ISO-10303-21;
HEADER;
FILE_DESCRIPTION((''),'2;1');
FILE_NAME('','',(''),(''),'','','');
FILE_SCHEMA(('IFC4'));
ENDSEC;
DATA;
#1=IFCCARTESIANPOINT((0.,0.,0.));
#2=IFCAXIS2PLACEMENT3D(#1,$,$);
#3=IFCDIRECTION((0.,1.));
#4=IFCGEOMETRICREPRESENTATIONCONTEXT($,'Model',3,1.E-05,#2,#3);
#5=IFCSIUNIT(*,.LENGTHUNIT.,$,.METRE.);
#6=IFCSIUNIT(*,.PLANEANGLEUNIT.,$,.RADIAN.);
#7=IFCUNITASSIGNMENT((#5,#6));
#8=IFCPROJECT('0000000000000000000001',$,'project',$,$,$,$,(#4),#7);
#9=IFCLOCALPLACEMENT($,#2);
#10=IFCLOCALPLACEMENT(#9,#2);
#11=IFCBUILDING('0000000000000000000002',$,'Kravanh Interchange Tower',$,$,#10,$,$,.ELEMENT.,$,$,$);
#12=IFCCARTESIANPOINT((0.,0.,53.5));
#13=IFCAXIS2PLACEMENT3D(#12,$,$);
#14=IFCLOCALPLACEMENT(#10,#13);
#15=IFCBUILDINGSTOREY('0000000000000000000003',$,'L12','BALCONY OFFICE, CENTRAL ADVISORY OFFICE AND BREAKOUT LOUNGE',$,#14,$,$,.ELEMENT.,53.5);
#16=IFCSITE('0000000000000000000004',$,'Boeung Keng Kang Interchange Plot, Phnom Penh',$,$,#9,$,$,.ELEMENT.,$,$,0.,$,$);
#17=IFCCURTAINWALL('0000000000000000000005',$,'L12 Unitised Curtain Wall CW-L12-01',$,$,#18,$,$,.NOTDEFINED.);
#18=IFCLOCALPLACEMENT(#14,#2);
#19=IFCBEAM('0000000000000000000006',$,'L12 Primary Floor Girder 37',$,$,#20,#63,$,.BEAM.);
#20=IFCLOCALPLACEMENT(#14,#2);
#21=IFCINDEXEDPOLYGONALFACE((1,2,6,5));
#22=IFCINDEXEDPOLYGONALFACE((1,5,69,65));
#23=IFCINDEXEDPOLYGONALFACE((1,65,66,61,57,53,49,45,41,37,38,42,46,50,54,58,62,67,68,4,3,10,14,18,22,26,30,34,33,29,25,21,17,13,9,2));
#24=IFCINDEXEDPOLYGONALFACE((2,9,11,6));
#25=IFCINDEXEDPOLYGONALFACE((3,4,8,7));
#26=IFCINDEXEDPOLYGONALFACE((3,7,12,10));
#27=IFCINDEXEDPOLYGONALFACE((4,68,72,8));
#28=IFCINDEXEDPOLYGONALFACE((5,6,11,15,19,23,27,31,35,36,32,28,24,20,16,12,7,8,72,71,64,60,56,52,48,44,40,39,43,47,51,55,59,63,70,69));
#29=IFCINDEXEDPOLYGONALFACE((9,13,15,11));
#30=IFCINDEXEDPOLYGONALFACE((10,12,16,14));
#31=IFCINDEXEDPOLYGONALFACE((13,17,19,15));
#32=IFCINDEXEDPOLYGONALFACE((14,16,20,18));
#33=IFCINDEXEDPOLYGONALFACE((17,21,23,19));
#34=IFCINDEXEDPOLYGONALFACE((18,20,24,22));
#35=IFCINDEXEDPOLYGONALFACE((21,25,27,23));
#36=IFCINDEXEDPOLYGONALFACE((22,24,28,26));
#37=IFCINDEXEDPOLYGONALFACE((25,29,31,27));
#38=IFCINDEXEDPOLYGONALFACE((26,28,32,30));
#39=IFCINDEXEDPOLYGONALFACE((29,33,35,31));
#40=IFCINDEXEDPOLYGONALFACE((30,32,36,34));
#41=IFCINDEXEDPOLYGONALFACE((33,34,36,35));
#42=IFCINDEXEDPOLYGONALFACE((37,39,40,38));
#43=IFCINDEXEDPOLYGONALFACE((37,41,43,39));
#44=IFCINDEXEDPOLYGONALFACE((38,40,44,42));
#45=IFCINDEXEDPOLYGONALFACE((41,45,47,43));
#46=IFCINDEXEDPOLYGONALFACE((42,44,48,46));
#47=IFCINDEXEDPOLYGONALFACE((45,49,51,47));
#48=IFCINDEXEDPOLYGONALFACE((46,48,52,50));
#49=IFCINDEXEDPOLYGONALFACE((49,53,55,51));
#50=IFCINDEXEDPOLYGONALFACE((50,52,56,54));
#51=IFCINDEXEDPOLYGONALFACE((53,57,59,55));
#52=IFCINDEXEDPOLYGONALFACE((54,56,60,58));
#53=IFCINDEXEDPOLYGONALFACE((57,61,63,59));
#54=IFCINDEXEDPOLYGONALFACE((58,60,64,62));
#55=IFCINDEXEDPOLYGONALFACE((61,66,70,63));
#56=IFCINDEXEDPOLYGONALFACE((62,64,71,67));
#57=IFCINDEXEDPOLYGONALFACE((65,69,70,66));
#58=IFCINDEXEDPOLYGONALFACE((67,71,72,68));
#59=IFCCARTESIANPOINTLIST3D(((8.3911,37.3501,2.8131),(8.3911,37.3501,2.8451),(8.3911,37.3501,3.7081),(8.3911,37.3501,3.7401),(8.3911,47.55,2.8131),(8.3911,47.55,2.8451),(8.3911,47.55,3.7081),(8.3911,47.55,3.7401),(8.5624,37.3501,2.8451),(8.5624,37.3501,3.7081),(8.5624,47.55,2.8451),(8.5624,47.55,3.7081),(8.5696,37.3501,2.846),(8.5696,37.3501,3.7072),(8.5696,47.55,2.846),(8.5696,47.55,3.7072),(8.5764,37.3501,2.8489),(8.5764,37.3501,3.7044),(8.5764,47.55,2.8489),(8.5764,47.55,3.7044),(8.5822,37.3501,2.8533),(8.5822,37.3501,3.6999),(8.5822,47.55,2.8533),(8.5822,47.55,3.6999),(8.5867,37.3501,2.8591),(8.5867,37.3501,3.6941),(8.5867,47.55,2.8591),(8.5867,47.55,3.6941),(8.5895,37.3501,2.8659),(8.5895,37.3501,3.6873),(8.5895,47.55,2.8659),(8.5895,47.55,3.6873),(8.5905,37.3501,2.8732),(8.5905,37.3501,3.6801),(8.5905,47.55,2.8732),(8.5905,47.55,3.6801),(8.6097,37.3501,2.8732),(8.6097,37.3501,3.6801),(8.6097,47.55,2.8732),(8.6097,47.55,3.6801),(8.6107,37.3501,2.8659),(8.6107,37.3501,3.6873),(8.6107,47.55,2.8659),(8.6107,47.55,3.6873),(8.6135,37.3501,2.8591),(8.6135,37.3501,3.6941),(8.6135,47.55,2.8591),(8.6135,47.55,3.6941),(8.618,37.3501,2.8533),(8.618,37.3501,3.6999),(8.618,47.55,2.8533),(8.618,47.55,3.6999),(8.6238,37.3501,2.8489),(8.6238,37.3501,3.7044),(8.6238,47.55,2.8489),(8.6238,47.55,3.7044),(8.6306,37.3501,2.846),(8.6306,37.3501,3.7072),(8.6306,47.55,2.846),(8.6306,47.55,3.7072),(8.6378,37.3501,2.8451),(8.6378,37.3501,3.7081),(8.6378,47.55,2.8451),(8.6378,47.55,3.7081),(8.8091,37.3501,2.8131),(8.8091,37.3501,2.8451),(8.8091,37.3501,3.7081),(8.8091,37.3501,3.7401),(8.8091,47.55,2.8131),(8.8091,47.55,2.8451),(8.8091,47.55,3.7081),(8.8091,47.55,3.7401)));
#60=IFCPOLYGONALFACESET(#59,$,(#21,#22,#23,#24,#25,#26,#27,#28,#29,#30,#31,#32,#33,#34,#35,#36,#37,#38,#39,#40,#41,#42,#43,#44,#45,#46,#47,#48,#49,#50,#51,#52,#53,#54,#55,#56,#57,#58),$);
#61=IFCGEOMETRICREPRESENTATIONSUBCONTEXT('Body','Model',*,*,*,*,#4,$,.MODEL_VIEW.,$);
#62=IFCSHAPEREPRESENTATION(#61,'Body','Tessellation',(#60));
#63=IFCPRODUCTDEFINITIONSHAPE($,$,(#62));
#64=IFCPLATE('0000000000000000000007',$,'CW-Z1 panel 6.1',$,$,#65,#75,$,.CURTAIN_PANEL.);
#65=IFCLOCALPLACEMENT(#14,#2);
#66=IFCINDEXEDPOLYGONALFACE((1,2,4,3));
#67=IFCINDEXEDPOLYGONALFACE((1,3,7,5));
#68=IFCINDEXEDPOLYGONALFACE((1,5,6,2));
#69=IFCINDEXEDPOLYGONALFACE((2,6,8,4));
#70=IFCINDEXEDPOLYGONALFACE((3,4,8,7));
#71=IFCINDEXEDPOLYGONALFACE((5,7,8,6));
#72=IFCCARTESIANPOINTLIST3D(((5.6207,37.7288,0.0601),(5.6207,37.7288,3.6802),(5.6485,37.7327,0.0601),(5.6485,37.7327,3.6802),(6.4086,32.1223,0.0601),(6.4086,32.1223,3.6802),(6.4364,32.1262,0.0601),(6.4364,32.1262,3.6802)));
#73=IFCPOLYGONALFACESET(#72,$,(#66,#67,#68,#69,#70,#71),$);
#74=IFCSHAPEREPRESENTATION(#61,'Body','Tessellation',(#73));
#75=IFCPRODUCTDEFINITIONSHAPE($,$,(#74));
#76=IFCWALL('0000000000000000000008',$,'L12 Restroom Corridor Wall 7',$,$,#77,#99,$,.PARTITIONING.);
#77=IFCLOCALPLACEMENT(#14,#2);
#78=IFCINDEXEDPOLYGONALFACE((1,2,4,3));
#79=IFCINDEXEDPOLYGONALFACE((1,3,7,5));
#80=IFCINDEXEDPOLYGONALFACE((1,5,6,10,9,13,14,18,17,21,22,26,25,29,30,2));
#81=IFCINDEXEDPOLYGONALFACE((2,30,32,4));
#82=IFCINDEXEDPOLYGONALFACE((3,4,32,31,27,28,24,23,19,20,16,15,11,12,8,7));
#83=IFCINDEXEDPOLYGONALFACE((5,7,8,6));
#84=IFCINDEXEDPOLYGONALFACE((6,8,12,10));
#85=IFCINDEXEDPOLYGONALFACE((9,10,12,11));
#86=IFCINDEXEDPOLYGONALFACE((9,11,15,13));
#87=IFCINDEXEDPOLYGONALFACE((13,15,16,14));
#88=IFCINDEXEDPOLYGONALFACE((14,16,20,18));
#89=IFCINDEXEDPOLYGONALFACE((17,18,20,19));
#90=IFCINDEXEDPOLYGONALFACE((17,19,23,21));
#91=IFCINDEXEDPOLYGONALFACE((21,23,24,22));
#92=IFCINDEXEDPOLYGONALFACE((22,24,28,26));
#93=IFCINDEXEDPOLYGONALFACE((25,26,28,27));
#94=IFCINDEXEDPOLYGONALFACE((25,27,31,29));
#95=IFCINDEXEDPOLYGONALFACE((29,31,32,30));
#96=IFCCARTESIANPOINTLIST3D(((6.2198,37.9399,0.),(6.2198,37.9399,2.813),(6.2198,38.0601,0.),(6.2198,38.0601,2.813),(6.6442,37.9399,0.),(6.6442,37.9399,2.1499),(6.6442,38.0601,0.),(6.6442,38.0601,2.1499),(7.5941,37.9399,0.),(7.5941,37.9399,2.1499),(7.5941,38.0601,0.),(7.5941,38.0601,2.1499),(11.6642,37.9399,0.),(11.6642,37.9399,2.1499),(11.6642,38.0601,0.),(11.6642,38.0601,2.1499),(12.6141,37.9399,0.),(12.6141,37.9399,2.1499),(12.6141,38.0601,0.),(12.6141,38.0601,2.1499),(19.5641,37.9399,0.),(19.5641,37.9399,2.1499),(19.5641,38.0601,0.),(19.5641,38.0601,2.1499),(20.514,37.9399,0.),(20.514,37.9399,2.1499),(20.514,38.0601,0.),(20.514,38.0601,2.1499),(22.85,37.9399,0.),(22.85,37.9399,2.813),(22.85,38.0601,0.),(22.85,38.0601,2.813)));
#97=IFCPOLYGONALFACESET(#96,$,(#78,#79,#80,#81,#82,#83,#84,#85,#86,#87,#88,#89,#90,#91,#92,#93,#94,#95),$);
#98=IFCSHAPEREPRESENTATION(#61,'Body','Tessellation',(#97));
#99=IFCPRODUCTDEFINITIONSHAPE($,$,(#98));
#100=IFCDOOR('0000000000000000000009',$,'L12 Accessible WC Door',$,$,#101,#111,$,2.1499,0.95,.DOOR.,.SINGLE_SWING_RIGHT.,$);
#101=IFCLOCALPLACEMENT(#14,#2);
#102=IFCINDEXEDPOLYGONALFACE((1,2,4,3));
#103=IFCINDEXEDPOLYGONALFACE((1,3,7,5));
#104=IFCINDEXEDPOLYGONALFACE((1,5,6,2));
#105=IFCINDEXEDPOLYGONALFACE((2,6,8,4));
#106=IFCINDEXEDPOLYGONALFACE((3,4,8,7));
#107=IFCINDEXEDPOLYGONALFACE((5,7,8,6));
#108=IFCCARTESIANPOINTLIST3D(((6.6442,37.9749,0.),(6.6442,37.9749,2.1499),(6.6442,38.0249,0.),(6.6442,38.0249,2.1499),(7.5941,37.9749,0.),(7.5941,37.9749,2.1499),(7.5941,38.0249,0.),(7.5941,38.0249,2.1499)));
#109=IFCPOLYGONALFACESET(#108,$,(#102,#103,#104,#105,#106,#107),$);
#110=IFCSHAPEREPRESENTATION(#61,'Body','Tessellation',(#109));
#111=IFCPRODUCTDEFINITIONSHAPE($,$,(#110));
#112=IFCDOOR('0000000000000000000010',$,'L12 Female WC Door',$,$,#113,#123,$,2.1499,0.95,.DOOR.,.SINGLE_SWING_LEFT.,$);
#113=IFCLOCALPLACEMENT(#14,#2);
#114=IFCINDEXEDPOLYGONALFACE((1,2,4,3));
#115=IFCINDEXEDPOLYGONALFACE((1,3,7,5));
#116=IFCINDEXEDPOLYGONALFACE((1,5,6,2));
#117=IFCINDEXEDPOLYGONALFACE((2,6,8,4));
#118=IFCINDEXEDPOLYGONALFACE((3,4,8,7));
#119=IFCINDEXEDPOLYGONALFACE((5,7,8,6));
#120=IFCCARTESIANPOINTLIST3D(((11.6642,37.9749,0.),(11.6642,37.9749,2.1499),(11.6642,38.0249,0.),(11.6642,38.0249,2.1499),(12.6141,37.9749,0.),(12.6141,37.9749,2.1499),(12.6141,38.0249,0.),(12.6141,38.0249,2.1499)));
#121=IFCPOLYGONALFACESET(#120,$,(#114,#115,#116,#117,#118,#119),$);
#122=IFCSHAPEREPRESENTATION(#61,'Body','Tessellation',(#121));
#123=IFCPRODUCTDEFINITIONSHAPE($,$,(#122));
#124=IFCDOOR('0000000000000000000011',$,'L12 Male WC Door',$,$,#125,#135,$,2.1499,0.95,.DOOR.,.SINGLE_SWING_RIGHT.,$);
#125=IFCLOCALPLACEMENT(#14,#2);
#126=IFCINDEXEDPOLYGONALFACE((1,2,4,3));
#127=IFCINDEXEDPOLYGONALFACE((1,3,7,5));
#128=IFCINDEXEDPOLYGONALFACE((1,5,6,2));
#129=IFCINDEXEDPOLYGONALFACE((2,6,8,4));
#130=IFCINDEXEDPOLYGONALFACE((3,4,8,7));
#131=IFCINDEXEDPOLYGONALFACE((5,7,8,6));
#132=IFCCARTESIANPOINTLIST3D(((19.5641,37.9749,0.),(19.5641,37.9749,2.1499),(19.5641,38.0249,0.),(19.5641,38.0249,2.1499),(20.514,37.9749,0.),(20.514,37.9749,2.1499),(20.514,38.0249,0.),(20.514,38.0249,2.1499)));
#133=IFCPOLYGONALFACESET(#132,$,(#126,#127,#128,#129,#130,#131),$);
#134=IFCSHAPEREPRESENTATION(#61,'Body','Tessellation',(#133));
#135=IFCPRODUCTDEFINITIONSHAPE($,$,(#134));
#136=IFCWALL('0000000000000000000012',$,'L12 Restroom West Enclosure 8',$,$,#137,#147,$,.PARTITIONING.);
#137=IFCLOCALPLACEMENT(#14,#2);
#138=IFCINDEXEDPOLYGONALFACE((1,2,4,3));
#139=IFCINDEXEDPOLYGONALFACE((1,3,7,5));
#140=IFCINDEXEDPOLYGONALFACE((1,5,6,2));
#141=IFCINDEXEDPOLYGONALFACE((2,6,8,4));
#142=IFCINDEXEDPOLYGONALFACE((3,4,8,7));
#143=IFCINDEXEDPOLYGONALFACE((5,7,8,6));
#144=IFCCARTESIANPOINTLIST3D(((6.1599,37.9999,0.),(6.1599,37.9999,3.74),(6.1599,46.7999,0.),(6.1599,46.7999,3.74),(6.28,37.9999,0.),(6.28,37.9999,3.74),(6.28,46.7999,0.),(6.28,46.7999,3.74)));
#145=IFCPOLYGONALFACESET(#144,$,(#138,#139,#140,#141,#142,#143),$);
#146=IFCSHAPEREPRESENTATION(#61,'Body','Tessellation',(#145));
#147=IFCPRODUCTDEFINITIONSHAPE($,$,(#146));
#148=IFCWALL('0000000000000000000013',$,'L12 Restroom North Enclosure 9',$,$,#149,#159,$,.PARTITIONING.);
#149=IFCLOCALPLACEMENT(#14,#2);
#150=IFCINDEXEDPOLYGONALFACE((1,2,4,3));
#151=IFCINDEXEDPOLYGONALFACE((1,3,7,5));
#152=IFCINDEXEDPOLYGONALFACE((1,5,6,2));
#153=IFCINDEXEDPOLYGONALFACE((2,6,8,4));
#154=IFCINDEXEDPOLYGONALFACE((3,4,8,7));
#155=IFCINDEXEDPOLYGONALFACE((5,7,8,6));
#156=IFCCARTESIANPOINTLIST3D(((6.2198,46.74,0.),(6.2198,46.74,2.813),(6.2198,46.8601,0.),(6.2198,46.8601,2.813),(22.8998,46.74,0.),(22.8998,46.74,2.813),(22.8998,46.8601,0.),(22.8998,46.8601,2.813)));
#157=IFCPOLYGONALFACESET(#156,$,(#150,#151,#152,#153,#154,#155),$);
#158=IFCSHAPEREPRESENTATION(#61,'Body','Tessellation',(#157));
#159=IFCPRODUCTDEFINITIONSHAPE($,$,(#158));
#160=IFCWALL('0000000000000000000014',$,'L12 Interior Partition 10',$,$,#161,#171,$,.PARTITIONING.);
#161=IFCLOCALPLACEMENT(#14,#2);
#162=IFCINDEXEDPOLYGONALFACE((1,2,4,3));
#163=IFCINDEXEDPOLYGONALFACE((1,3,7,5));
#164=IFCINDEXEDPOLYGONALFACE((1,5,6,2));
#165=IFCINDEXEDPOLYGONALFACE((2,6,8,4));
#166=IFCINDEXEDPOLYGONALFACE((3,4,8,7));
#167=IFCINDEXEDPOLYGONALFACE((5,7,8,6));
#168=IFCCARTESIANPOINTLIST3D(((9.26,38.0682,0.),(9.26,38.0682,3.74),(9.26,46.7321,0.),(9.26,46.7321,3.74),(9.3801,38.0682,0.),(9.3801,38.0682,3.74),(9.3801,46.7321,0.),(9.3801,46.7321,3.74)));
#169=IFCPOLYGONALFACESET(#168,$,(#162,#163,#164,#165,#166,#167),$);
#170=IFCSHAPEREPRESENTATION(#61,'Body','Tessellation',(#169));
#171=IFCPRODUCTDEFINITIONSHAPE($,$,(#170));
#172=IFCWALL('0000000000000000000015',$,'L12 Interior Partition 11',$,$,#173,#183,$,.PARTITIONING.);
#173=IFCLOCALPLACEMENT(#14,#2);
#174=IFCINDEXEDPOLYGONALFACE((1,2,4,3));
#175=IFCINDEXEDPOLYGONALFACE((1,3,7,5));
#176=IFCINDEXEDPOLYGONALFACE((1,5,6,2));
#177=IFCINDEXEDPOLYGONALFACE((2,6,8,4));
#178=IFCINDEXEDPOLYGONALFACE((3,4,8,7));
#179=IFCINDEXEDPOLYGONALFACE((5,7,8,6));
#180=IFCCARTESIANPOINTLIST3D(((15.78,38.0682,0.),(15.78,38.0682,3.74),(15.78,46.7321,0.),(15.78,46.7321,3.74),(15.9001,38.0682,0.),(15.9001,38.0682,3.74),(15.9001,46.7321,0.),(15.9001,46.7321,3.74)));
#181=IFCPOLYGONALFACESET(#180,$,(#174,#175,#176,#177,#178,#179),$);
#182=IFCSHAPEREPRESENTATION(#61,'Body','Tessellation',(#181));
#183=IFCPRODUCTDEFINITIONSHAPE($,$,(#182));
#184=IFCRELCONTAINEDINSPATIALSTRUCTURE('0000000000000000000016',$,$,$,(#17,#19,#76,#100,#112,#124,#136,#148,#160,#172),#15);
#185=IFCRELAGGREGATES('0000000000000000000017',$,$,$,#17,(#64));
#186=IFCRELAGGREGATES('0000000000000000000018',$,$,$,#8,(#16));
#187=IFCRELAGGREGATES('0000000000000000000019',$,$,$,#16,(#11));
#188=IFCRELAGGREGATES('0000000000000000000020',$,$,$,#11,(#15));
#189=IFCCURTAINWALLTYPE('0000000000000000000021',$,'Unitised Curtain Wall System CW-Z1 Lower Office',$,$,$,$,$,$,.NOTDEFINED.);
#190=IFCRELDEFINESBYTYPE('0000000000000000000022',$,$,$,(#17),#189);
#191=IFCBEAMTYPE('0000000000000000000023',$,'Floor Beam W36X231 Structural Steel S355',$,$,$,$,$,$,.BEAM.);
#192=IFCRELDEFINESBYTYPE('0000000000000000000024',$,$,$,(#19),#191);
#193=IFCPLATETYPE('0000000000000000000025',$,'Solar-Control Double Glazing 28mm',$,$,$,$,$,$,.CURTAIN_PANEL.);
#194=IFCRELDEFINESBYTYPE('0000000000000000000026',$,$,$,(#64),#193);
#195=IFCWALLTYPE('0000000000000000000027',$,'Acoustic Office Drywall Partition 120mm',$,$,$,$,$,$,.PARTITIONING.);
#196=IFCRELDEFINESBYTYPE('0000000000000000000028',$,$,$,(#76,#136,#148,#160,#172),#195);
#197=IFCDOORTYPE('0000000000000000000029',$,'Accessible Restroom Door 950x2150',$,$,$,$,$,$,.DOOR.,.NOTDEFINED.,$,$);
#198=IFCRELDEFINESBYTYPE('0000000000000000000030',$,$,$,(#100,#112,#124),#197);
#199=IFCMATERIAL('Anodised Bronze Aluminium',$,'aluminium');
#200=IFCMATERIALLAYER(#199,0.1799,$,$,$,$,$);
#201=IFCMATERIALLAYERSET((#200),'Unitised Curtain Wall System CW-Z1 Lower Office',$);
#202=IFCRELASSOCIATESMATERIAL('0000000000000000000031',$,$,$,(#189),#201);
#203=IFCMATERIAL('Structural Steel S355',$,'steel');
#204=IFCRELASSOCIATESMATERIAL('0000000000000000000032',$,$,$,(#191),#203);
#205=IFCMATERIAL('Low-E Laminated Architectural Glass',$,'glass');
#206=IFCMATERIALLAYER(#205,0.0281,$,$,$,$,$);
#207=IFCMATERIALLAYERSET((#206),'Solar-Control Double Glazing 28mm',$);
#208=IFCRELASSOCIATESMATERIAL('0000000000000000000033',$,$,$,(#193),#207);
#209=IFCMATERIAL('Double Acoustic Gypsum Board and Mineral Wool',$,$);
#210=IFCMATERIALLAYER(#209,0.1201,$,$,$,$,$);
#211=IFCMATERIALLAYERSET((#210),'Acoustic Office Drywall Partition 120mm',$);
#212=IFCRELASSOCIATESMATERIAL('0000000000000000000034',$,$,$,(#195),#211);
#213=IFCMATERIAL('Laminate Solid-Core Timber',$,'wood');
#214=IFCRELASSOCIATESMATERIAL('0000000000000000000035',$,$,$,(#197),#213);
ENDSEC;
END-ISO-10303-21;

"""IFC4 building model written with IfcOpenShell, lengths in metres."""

from ifc_helpers import new_model, si_unit, direction, frame, frame_2d, origin, origin_2d, place, context, subcontext, project, spatial, rectangle, i_section, extrude, material, layer, layer_set, material_profile, profile_set, type_object, element, fill, aggregate, save


model = new_model("IFC4")

# Units and contexts
model_context = context("Model", 3, precision=1e-05, world=origin(), true_north=direction((0.0, 1.0)))
body_context = subcontext(model_context, "Body", "Model", "MODEL_VIEW")
ifc_project = project(units=[si_unit("LENGTHUNIT", "METRE"), si_unit("PLANEANGLEUNIT", "RADIAN")], contexts=[model_context])

# Site, building, storey
site_placement = place(None, origin())
site = spatial("IfcSite", under=ifc_project, at=site_placement, Name="Boeung Keng Kang Interchange Plot, Phnom Penh", CompositionType="ELEMENT", RefElevation=0.0)
building_placement = place(site_placement, origin())
building = spatial("IfcBuilding", under=site, at=building_placement, Name="Kravanh Interchange Tower", CompositionType="ELEMENT")
storey_placement = place(building_placement, frame((0.0, 0.0, 53.5)))
storey = spatial("IfcBuildingStorey", under=building, at=storey_placement, Name="L12", Description="BALCONY OFFICE, CENTRAL ADVISORY OFFICE AND BREAKOUT LOUNGE", CompositionType="ELEMENT", Elevation=53.5)

# Curtain wall
ifc_material_1 = material(Name="Anodised Bronze Aluminium", Category="aluminium")
ifc_layer_1 = layer(ifc_material_1, 0.1799)
ifc_layer_set_1 = layer_set([ifc_layer_1], Name="Unitised Curtain Wall System CW-Z1 Lower Office")
curtain_wall_type = type_object("IfcCurtainWallType", Name="Unitised Curtain Wall System CW-Z1 Lower Office", PredefinedType="NOTDEFINED", material=ifc_layer_set_1)
curtain_wall_placement = place(storey_placement, origin())
curtain_wall = element("IfcCurtainWall", 1, at=curtain_wall_placement, inside=storey, type_object=curtain_wall_type, Name="L12 Unitised Curtain Wall CW-L12-01", PredefinedType="NOTDEFINED")

# Beam
ifc_material_2 = material(Name="Structural Steel S355", Category="steel")
ifc_material_profile_1 = material_profile(ifc_material_2, i_section(OverallWidth=0.418, OverallDepth=0.927, WebThickness=0.0193, FlangeThickness=0.032, FilletRadius=0.0281, at=origin_2d()), Name="W36X231")
ifc_profile_set_1 = profile_set([ifc_material_profile_1], Name="Structural Steel S355")
beam_type = type_object("IfcBeamType", Name="Floor Beam W36X231 Structural Steel S355", PredefinedType="BEAM", material=ifc_profile_set_1)
beam_1_placement = place(storey_placement, frame((8.6001, 37.3501, 3.2766), z_axis=(0.0, 1.0, 0.0), x_axis=(-1.0, 0.0, 0.0)))
element("IfcBeam", 2, at=beam_1_placement, inside=storey, type_object=beam_type, Name="L12 Primary Floor Girder 37", PredefinedType="BEAM", context=body_context, shape_type="SweptSolid", body=[
    extrude(i_section(OverallWidth=0.418, OverallDepth=0.927, WebThickness=0.0193, FlangeThickness=0.032, FilletRadius=0.0281, at=origin_2d()), origin(), (0.0, 0.0, 1.0), 10.2),
])

# Plate
ifc_material_3 = material(Name="Low-E Laminated Architectural Glass", Category="glass")
ifc_layer_2 = layer(ifc_material_3, 0.0281)
ifc_layer_set_2 = layer_set([ifc_layer_2], Name="Solar-Control Double Glazing 28mm")
plate_type = type_object("IfcPlateType", Name="Solar-Control Double Glazing 28mm", PredefinedType="CURTAIN_PANEL", material=ifc_layer_set_2)
plate_placement = place(storey_placement, frame((6.0286, 34.9275, 0.0601), z_axis=(0.0, 0.0, 1.0), x_axis=(-0.139177, 0.990268, 0.0)))
plate = element("IfcPlate", 3, at=plate_placement, type_object=plate_type, Name="CW-Z1 panel 6.1", PredefinedType="CURTAIN_PANEL", context=body_context, shape_type="SweptSolid", body=[
    extrude(rectangle(XDim=5.6616, YDim=0.0281, at=origin_2d()), origin(), (0.0, 0.0, 1.0), 3.6201),
])
aggregate(curtain_wall, [plate])

# Wall, openings, doors
ifc_material_4 = material(Name="Double Acoustic Gypsum Board and Mineral Wool")
ifc_layer_3 = layer(ifc_material_4, 0.1201)
ifc_layer_set_3 = layer_set([ifc_layer_3], Name="Acoustic Office Drywall Partition 120mm")
wall_type_1 = type_object("IfcWallType", Name="Acoustic Office Drywall Partition 120mm", PredefinedType="PARTITIONING", material=ifc_layer_set_3)
wall_1_placement = place(storey_placement, frame((6.22, 38.0, 0.0), z_axis=(0.0, 0.0, 1.0), x_axis=(1.0, 0.0, 0.0)))
wall_1 = element("IfcWall", 4, at=wall_1_placement, inside=storey, type_object=wall_type_1, Name="L12 Restroom Corridor Wall 7", PredefinedType="PARTITIONING", context=body_context, shape_type="SweptSolid", body=[
    extrude(rectangle(XDim=16.6301, YDim=0.1201, at=frame_2d((8.3149, 0.0))), origin(), (0.0, 0.0, 1.0), 2.813),
])
opening_1_placement = place(wall_1_placement, frame((0.4241, 0.0, 0.0)))
opening_1 = element("IfcOpeningElement", 5, at=opening_1_placement, cuts=wall_1, PredefinedType="OPENING", context=body_context, shape_type="SweptSolid", body=[
    extrude(rectangle(XDim=0.95, YDim=2.1499, at=frame_2d((0.4751, 1.075))), frame((0.0, 0.0701, 0.0), z_axis=(0.0, -1.0, 0.0), x_axis=(1.0, 0.0, 0.0)), (0.0, 0.0, 1.0), 0.1401),
])
opening_2_placement = place(wall_1_placement, frame((5.4441, 0.0, 0.0)))
opening_2 = element("IfcOpeningElement", 6, at=opening_2_placement, cuts=wall_1, PredefinedType="OPENING", context=body_context, shape_type="SweptSolid", body=[
    extrude(rectangle(XDim=0.95, YDim=2.1499, at=frame_2d((0.4751, 1.075))), frame((0.0, 0.0701, 0.0), z_axis=(0.0, -1.0, 0.0), x_axis=(1.0, 0.0, 0.0)), (0.0, 0.0, 1.0), 0.1401),
])
opening_3_placement = place(wall_1_placement, frame((13.344, 0.0, 0.0)))
opening_3 = element("IfcOpeningElement", 7, at=opening_3_placement, cuts=wall_1, PredefinedType="OPENING", context=body_context, shape_type="SweptSolid", body=[
    extrude(rectangle(XDim=0.95, YDim=2.1499, at=frame_2d((0.4751, 1.075))), frame((0.0, 0.0701, 0.0), z_axis=(0.0, -1.0, 0.0), x_axis=(1.0, 0.0, 0.0)), (0.0, 0.0, 1.0), 0.1401),
])
ifc_material_5 = material(Name="Laminate Solid-Core Timber", Category="wood")
door_type = type_object("IfcDoorType", Name="Accessible Restroom Door 950x2150", OperationType="NOTDEFINED", PredefinedType="DOOR", material=ifc_material_5)
door_1_placement = place(opening_1_placement, origin())
door_1 = element("IfcDoor", 8, at=door_1_placement, inside=storey, type_object=door_type, Name="L12 Accessible WC Door", OperationType="SINGLE_SWING_RIGHT", OverallHeight=2.1499, OverallWidth=0.95, PredefinedType="DOOR", context=body_context, shape_type="SweptSolid", body=[
    extrude(rectangle(XDim=0.95, YDim=2.1499, at=frame_2d((0.4751, 1.075))), frame((0.0, 0.0249, 0.0), z_axis=(0.0, -1.0, 0.0), x_axis=(1.0, 0.0, 0.0)), (0.0, 0.0, 1.0), 0.05),
])
fill(opening_1, door_1)
door_2_placement = place(opening_2_placement, origin())
door_2 = element("IfcDoor", 9, at=door_2_placement, inside=storey, type_object=door_type, Name="L12 Female WC Door", OperationType="SINGLE_SWING_LEFT", OverallHeight=2.1499, OverallWidth=0.95, PredefinedType="DOOR", context=body_context, shape_type="SweptSolid", body=[
    extrude(rectangle(XDim=0.95, YDim=2.1499, at=frame_2d((0.4751, 1.075))), frame((0.0, 0.0249, 0.0), z_axis=(0.0, -1.0, 0.0), x_axis=(1.0, 0.0, 0.0)), (0.0, 0.0, 1.0), 0.05),
])
fill(opening_2, door_2)
door_3_placement = place(opening_3_placement, origin())
door_3 = element("IfcDoor", 10, at=door_3_placement, inside=storey, type_object=door_type, Name="L12 Male WC Door", OperationType="SINGLE_SWING_RIGHT", OverallHeight=2.1499, OverallWidth=0.95, PredefinedType="DOOR", context=body_context, shape_type="SweptSolid", body=[
    extrude(rectangle(XDim=0.95, YDim=2.1499, at=frame_2d((0.4751, 1.075))), frame((0.0, 0.0249, 0.0), z_axis=(0.0, -1.0, 0.0), x_axis=(1.0, 0.0, 0.0)), (0.0, 0.0, 1.0), 0.05),
])
fill(opening_3, door_3)

# Walls
wall_2_placement = place(storey_placement, frame((6.22, 38.0, 0.0), z_axis=(0.0, 0.0, 1.0), x_axis=(0.0, 1.0, 0.0)))
element("IfcWall", 11, at=wall_2_placement, inside=storey, type_object=wall_type_1, Name="L12 Restroom West Enclosure 8", PredefinedType="PARTITIONING", context=body_context, shape_type="SweptSolid", body=[
    extrude(rectangle(XDim=8.8, YDim=0.1201, at=frame_2d((4.3999, 0.0))), origin(), (0.0, 0.0, 1.0), 3.74),
])
wall_3_placement = place(storey_placement, frame((6.22, 46.8, 0.0), z_axis=(0.0, 0.0, 1.0), x_axis=(1.0, 0.0, 0.0)))
element("IfcWall", 12, at=wall_3_placement, inside=storey, type_object=wall_type_1, Name="L12 Restroom North Enclosure 9", PredefinedType="PARTITIONING", context=body_context, shape_type="SweptSolid", body=[
    extrude(rectangle(XDim=16.6799, YDim=0.1201, at=frame_2d((8.3398, 0.0))), origin(), (0.0, 0.0, 1.0), 2.813),
])
for number, where, z_axis, x_axis, name in (
    (13, (9.3201, 38.0681, 0.0), (0.0, 0.0, 1.0), (0.0, 1.0, 0.0), "L12 Interior Partition 10"),
    (14, (15.8401, 38.0681, 0.0), (0.0, 0.0, 1.0), (0.0, 1.0, 0.0), "L12 Interior Partition 11"),
):
    element("IfcWall", number, at=place(storey_placement, frame(where, z_axis=z_axis, x_axis=x_axis)), inside=storey, type_object=wall_type_1, Name=name, PredefinedType="PARTITIONING", context=body_context, shape_type="SweptSolid", body=[
        extrude(rectangle(XDim=8.6638, YDim=0.1201, at=frame_2d((4.332, 0.0))), origin(), (0.0, 0.0, 1.0), 3.74),
    ])

save(model, "model.ifc")
